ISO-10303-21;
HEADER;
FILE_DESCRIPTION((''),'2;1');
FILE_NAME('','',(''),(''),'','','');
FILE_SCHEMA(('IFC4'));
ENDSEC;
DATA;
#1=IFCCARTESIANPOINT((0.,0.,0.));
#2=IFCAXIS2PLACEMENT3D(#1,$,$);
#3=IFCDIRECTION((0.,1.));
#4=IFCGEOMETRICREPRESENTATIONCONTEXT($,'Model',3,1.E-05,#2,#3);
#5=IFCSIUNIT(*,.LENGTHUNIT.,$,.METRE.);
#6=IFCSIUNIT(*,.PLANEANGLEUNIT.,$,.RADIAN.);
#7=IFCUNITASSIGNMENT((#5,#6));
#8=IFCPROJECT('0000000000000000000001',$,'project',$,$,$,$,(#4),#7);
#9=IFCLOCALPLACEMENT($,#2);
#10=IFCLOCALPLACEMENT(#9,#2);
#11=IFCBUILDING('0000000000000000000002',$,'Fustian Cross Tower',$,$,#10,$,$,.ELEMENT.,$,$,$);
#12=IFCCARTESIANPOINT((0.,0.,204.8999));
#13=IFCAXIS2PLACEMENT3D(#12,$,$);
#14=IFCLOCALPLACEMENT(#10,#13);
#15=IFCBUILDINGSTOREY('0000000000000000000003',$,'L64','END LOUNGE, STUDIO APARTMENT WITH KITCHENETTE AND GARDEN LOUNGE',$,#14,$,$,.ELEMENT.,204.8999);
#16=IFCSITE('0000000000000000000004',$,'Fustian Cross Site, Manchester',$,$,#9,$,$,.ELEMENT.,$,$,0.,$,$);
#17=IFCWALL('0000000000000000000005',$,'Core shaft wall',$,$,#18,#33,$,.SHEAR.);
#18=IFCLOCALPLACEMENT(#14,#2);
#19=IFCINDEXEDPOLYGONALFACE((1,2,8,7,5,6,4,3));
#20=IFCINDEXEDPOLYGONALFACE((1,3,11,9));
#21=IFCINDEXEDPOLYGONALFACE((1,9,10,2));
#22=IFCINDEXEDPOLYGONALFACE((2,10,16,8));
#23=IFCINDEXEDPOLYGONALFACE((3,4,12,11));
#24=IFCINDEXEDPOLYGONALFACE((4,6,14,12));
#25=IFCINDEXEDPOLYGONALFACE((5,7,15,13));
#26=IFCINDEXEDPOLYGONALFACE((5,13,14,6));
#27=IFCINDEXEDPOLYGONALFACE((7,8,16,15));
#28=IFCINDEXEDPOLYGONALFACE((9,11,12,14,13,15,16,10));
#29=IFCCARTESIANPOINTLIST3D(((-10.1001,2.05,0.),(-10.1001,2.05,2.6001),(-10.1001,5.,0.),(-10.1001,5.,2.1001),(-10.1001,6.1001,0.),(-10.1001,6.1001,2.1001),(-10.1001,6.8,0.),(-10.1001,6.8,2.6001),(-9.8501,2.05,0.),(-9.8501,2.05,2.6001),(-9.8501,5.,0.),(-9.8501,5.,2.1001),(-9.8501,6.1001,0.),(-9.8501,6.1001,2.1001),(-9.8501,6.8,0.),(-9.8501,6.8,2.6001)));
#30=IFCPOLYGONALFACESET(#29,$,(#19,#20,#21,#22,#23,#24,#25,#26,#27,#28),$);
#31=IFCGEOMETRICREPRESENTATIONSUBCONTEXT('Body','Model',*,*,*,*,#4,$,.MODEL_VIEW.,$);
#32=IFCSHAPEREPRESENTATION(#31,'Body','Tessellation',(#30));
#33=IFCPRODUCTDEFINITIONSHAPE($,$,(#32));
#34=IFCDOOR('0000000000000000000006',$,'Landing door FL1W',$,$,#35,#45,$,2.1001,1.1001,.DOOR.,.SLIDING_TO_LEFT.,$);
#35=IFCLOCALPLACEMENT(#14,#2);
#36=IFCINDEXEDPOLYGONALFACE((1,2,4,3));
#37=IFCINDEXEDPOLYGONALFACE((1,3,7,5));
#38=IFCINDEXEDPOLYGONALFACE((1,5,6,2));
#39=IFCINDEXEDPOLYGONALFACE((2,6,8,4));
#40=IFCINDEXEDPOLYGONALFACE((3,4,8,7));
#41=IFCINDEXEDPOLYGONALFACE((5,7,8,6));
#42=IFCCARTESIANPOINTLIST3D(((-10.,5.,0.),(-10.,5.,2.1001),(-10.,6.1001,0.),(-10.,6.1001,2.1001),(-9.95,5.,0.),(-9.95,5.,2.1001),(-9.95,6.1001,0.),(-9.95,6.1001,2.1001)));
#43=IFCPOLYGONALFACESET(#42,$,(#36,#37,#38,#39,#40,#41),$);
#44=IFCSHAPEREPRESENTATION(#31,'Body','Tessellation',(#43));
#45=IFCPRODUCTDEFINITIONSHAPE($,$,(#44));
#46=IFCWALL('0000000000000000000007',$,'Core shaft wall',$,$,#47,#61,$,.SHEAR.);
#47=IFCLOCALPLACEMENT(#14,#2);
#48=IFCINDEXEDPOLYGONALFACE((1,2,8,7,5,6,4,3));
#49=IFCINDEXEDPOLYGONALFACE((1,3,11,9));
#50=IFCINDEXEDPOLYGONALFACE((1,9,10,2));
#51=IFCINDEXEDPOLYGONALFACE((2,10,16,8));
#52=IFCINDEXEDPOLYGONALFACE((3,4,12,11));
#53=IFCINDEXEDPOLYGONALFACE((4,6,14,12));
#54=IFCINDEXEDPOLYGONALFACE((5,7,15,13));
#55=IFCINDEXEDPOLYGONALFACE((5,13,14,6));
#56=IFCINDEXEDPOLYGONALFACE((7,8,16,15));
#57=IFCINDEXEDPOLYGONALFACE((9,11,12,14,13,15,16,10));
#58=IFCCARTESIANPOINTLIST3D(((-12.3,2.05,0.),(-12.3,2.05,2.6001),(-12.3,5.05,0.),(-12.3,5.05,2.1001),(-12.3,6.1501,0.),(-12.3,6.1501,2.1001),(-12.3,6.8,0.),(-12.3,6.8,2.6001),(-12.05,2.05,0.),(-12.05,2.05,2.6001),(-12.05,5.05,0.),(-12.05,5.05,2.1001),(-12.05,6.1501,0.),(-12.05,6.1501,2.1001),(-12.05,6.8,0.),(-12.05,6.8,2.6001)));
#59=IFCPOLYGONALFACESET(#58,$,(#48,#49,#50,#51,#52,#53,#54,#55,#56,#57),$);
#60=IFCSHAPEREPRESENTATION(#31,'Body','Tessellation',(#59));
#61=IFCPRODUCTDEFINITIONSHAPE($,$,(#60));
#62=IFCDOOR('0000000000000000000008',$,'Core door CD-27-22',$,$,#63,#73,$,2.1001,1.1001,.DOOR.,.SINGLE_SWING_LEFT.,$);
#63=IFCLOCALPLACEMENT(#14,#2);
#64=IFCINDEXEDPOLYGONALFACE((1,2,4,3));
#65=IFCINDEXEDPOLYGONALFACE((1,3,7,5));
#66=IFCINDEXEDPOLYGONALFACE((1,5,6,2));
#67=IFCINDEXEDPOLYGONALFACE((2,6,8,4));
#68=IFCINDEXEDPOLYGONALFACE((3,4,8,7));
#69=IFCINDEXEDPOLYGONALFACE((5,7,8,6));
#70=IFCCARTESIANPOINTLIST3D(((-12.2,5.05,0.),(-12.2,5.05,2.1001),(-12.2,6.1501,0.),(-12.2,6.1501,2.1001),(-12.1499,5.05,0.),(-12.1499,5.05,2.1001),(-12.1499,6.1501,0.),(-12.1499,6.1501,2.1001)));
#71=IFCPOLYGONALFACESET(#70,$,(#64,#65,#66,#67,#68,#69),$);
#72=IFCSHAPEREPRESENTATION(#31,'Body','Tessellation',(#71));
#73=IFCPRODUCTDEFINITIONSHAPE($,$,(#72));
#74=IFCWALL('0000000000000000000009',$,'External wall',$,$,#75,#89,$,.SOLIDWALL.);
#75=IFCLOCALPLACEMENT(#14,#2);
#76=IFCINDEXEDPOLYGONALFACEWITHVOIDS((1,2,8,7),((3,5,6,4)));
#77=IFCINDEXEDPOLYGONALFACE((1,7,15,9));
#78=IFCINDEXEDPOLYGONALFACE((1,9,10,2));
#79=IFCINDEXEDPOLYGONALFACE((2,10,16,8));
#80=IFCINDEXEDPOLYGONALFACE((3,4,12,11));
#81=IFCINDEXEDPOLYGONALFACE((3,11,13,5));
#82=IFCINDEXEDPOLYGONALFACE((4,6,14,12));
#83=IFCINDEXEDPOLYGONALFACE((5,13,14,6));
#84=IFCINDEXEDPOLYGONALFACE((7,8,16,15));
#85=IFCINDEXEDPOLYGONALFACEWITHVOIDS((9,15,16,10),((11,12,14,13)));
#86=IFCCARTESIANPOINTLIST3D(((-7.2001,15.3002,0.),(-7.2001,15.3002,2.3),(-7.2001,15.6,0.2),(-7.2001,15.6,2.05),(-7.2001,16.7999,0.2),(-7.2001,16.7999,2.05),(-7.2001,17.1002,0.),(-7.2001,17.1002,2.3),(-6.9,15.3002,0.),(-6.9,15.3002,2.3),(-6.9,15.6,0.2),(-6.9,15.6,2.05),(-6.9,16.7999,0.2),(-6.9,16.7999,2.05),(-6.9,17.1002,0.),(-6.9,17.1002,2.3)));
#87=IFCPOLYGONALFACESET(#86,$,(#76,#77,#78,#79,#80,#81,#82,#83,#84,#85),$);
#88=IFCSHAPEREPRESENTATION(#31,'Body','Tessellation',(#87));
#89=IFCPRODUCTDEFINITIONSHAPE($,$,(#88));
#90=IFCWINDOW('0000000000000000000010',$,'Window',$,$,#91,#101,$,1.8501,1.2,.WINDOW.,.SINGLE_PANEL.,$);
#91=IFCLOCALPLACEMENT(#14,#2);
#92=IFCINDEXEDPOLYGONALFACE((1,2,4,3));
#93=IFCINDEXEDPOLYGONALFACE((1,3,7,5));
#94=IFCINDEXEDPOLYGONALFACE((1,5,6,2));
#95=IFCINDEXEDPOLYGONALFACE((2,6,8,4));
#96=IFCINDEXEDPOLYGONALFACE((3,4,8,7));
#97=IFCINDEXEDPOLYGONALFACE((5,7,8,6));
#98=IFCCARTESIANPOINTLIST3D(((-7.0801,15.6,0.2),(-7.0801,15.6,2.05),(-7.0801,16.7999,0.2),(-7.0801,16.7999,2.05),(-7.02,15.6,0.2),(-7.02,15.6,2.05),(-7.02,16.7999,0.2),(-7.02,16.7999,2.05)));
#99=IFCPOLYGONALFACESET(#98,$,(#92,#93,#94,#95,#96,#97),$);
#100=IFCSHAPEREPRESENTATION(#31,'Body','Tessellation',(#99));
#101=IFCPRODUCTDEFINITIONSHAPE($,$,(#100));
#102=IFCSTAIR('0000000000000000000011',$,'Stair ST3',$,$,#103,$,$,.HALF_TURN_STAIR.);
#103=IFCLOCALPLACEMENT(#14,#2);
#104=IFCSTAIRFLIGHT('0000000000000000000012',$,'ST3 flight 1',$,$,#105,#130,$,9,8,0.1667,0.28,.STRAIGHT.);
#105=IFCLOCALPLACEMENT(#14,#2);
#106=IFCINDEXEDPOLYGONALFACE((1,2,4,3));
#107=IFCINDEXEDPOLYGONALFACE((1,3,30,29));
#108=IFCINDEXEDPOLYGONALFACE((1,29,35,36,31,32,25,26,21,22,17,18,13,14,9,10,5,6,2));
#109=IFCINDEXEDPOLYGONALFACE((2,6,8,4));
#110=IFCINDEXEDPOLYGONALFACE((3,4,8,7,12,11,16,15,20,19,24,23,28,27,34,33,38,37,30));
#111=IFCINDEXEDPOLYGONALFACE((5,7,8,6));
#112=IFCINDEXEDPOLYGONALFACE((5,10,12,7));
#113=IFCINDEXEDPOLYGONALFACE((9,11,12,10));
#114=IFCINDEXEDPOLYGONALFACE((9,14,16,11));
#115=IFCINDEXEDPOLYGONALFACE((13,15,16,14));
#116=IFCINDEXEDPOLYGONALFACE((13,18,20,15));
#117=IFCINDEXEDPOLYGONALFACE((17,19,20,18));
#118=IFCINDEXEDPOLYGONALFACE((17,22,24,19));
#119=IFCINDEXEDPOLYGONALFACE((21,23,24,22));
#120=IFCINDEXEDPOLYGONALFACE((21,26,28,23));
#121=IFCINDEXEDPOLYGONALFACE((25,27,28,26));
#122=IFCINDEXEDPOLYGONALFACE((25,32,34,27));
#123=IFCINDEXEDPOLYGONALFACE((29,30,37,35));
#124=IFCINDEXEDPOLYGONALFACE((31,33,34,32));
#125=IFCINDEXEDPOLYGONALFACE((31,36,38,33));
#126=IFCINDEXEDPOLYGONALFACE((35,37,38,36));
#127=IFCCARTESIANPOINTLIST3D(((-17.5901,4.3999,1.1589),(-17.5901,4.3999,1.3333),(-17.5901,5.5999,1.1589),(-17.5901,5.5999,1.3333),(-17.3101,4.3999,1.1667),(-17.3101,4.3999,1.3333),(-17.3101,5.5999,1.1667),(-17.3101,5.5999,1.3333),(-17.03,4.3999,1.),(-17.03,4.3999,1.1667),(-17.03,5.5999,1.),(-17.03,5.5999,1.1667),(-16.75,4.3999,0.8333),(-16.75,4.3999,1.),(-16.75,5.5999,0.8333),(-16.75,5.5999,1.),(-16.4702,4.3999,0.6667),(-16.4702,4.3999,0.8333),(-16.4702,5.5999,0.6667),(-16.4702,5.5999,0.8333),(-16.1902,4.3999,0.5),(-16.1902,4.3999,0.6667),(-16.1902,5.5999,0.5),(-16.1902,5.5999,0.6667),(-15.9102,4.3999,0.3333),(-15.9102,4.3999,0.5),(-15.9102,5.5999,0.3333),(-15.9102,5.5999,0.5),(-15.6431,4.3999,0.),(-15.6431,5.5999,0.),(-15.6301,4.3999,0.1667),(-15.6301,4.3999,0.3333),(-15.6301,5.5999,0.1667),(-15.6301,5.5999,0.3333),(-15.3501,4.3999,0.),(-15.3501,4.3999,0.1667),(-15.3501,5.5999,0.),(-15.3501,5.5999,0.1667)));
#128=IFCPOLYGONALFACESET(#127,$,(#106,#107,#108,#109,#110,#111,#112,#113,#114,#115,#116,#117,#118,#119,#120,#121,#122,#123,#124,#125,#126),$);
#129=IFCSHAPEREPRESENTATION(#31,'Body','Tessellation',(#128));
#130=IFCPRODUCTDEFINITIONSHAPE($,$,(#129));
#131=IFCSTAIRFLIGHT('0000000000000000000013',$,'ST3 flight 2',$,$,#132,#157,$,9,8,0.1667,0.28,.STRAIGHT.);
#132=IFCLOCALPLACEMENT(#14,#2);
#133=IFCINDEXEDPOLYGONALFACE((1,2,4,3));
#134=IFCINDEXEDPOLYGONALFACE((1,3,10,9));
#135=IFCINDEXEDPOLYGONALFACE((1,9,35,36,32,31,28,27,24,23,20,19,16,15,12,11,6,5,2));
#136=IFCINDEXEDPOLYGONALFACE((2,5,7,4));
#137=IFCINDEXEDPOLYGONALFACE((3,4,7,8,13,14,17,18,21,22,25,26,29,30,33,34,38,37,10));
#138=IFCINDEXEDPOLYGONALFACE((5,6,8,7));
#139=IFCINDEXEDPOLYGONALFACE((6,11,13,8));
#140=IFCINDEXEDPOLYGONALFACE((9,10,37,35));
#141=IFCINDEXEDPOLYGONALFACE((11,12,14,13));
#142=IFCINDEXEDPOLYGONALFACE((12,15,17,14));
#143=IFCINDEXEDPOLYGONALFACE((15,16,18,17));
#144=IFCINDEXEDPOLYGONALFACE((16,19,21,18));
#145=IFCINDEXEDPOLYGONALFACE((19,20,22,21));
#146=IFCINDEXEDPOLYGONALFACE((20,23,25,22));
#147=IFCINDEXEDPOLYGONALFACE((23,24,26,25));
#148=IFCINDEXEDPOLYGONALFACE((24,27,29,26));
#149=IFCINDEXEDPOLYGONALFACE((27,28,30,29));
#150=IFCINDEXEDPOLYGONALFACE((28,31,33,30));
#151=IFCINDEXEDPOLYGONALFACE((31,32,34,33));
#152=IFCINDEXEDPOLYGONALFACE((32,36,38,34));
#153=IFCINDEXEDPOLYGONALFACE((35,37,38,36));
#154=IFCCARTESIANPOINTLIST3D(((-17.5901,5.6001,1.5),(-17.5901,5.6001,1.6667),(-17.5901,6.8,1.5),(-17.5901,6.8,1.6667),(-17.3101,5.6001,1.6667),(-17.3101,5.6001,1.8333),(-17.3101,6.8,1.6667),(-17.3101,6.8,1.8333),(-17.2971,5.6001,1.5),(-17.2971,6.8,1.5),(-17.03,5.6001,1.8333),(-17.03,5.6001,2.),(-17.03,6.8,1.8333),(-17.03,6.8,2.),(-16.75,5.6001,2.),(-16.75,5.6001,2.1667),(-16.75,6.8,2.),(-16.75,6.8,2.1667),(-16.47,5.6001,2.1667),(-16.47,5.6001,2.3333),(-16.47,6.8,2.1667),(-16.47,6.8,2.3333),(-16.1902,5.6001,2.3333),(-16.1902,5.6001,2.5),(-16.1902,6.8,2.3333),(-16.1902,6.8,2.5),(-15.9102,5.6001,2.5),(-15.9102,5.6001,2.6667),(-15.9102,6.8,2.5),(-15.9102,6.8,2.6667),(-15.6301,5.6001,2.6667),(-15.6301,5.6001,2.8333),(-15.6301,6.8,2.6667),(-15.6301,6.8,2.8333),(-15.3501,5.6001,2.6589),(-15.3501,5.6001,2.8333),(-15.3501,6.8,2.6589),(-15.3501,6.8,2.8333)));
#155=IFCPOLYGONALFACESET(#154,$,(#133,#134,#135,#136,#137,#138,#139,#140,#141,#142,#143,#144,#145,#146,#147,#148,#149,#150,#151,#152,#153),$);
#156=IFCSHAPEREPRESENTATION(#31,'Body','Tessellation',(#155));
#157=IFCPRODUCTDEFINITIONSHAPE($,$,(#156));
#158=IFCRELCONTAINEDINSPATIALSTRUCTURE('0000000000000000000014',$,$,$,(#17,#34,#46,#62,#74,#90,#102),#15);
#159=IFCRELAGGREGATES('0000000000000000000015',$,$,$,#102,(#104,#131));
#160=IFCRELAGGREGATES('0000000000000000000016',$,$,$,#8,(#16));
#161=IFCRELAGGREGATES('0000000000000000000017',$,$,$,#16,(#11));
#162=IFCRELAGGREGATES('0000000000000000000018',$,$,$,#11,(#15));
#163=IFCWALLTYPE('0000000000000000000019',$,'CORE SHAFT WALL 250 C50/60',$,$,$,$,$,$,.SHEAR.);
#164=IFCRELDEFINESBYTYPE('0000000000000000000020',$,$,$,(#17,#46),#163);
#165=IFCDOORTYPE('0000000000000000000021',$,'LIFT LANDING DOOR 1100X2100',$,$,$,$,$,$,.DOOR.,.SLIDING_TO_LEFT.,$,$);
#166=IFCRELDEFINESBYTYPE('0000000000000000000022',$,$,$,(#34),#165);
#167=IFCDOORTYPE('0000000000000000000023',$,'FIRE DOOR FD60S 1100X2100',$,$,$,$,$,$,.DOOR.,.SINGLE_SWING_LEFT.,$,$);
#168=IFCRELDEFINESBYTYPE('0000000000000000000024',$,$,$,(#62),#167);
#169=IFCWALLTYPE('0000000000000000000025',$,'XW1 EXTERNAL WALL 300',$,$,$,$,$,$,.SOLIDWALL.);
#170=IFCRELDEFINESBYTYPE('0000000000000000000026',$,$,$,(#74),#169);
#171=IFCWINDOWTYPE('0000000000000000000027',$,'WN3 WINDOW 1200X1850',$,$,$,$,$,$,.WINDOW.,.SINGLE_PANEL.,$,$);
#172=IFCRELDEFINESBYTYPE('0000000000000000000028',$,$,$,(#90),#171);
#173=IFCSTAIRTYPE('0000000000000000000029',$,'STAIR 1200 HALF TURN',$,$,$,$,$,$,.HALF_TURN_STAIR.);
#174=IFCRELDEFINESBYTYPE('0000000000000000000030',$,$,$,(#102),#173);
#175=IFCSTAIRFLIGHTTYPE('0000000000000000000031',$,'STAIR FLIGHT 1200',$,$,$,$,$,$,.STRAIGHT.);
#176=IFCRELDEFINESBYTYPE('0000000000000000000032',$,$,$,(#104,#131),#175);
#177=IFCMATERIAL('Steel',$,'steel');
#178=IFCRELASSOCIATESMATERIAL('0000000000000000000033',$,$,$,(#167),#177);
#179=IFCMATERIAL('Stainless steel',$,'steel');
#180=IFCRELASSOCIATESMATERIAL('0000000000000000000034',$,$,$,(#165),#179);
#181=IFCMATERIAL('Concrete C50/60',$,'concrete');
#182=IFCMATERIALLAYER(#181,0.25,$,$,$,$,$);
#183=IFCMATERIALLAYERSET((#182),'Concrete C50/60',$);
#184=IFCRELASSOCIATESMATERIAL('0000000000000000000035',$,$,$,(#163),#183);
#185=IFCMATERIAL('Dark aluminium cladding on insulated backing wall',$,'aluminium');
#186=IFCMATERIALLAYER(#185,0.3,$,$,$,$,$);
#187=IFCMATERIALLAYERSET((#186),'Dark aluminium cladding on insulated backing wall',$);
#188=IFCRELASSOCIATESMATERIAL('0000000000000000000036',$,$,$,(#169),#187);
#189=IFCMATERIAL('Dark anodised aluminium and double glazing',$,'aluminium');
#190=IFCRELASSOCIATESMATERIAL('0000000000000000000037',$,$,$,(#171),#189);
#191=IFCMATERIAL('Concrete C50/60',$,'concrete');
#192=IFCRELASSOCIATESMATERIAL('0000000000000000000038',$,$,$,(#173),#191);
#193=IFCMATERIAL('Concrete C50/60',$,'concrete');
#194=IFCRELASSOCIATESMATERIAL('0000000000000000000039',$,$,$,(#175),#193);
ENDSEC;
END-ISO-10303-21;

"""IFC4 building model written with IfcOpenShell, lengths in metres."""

from ifc_helpers import new_model, si_unit, direction, frame, frame_2d, origin, place, context, subcontext, project, spatial, polyline, rectangle, outline, extrude, material, layer, layer_set, type_object, element, fill, aggregate, save


model = new_model("IFC4")

# Units and contexts
model_context = context("Model", 3, precision=1e-05, world=origin(), true_north=direction((0.0, 1.0)))
body_context = subcontext(model_context, "Body", "Model", "MODEL_VIEW")
ifc_project = project(units=[si_unit("LENGTHUNIT", "METRE"), si_unit("PLANEANGLEUNIT", "RADIAN")], contexts=[model_context])

# Site, building, storey
site_placement = place(None, origin())
site = spatial("IfcSite", under=ifc_project, at=site_placement, Name="Fustian Cross Site, Manchester", CompositionType="ELEMENT", RefElevation=0.0)
building_placement = place(site_placement, origin())
building = spatial("IfcBuilding", under=site, at=building_placement, Name="Fustian Cross Tower", CompositionType="ELEMENT")
storey_placement = place(building_placement, frame((0.0, 0.0, 204.8999)))
storey = spatial("IfcBuildingStorey", under=building, at=storey_placement, Name="L64", Description="END LOUNGE, STUDIO APARTMENT WITH KITCHENETTE AND GARDEN LOUNGE", CompositionType="ELEMENT", Elevation=204.8999)

# Shared definitions
ifc_material_1 = material(Name="Steel", Category="steel")
door_type_1 = type_object("IfcDoorType", Name="FIRE DOOR FD60S 1100X2100", OperationType="SINGLE_SWING_LEFT", PredefinedType="DOOR", material=ifc_material_1)
ifc_material_2 = material(Name="Stainless steel", Category="steel")
door_type_2 = type_object("IfcDoorType", Name="LIFT LANDING DOOR 1100X2100", OperationType="SLIDING_TO_LEFT", PredefinedType="DOOR", material=ifc_material_2)

# Shared definitions
ifc_material_3 = material(Name="Concrete C50/60", Category="concrete")
ifc_layer_1 = layer(ifc_material_3, 0.25)
ifc_layer_set_1 = layer_set([ifc_layer_1], Name="Concrete C50/60")
wall_type_1 = type_object("IfcWallType", Name="CORE SHAFT WALL 250 C50/60", PredefinedType="SHEAR", material=ifc_layer_set_1)

# Walls, openings, doors
wall_1_placement = place(storey_placement, frame((-9.9751, 2.05, 0.0), z_axis=(0.0, 0.0, 1.0), x_axis=(0.0, 1.0, 0.0)))
wall_1 = element("IfcWall", 1, at=wall_1_placement, inside=storey, type_object=wall_type_1, Name="Core shaft wall", PredefinedType="SHEAR", context=body_context, shape_type="SweptSolid", body=[
    extrude(rectangle(XDim=4.75, YDim=0.25, at=frame_2d((2.375, 0.0))), origin(), (0.0, 0.0, 1.0), 2.6001),
])
opening_1_placement = place(wall_1_placement, frame((2.95, 0.0, 0.0)))
opening_1 = element("IfcOpeningElement", 2, at=opening_1_placement, cuts=wall_1, PredefinedType="OPENING", context=body_context, shape_type="SweptSolid", body=[
    extrude(rectangle(XDim=1.1001, YDim=2.1001, at=frame_2d((0.55, 1.05))), frame((0.0, 0.135, 0.0), z_axis=(0.0, -1.0, 0.0), x_axis=(1.0, 0.0, 0.0)), (0.0, 0.0, 1.0), 0.27),
])
door_1_placement = place(opening_1_placement, origin())
door_1 = element("IfcDoor", 3, at=door_1_placement, inside=storey, type_object=door_type_2, Name="Landing door FL1W", OperationType="SLIDING_TO_LEFT", OverallHeight=2.1001, OverallWidth=1.1001, PredefinedType="DOOR", context=body_context, shape_type="SweptSolid", body=[
    extrude(rectangle(XDim=1.1001, YDim=2.1001, at=frame_2d((0.55, 1.05))), frame((0.0, 0.0249, 0.0), z_axis=(0.0, -1.0, 0.0), x_axis=(1.0, 0.0, 0.0)), (0.0, 0.0, 1.0), 0.05),
])
fill(opening_1, door_1)
wall_2_placement = place(storey_placement, frame((-12.175, 2.05, 0.0), z_axis=(0.0, 0.0, 1.0), x_axis=(0.0, 1.0, 0.0)))
wall_2 = element("IfcWall", 4, at=wall_2_placement, inside=storey, type_object=wall_type_1, Name="Core shaft wall", PredefinedType="SHEAR", context=body_context, shape_type="SweptSolid", body=[
    extrude(rectangle(XDim=4.75, YDim=0.25, at=frame_2d((2.375, 0.0))), origin(), (0.0, 0.0, 1.0), 2.6001),
])
opening_2_placement = place(wall_2_placement, frame((3.0, 0.0, 0.0)))
opening_2 = element("IfcOpeningElement", 5, at=opening_2_placement, cuts=wall_2, PredefinedType="OPENING", context=body_context, shape_type="SweptSolid", body=[
    extrude(rectangle(XDim=1.1001, YDim=2.1001, at=frame_2d((0.55, 1.05))), frame((0.0, 0.135, 0.0), z_axis=(0.0, -1.0, 0.0), x_axis=(1.0, 0.0, 0.0)), (0.0, 0.0, 1.0), 0.27),
])
door_2_placement = place(opening_2_placement, origin())
door_2 = element("IfcDoor", 6, at=door_2_placement, inside=storey, type_object=door_type_1, Name="Core door CD-27-22", OperationType="SINGLE_SWING_LEFT", OverallHeight=2.1001, OverallWidth=1.1001, PredefinedType="DOOR", context=body_context, shape_type="SweptSolid", body=[
    extrude(rectangle(XDim=1.1001, YDim=2.1001, at=frame_2d((0.55, 1.05))), frame((0.0, 0.0249, 0.0), z_axis=(0.0, -1.0, 0.0), x_axis=(1.0, 0.0, 0.0)), (0.0, 0.0, 1.0), 0.05),
])
fill(opening_2, door_2)

# Wall, opening, window
ifc_material_4 = material(Name="Dark aluminium cladding on insulated backing wall", Category="aluminium")
ifc_layer_2 = layer(ifc_material_4, 0.3)
ifc_layer_set_2 = layer_set([ifc_layer_2], Name="Dark aluminium cladding on insulated backing wall")
wall_type_2 = type_object("IfcWallType", Name="XW1 EXTERNAL WALL 300", PredefinedType="SOLIDWALL", material=ifc_layer_set_2)
wall_3_placement = place(storey_placement, frame((-7.05, 17.1001, 0.0), z_axis=(0.0, 0.0, 1.0), x_axis=(0.0, -1.0, 0.0)))
wall_3 = element("IfcWall", 7, at=wall_3_placement, inside=storey, type_object=wall_type_2, Name="External wall", PredefinedType="SOLIDWALL", context=body_context, shape_type="SweptSolid", body=[
    extrude(rectangle(XDim=1.8, YDim=0.3, at=frame_2d((0.8999, 0.0))), origin(), (0.0, 0.0, 1.0), 2.3),
])
opening_3_placement = place(wall_3_placement, frame((0.3, 0.0, 0.2)))
opening_3 = element("IfcOpeningElement", 8, at=opening_3_placement, cuts=wall_3, PredefinedType="OPENING", context=body_context, shape_type="SweptSolid", body=[
    extrude(rectangle(XDim=1.2, YDim=1.8501, at=frame_2d((0.6001, 0.925))), frame((0.0, 0.1599, 0.0), z_axis=(0.0, -1.0, 0.0), x_axis=(1.0, 0.0, 0.0)), (0.0, 0.0, 1.0), 0.3201),
])
ifc_material_5 = material(Name="Dark anodised aluminium and double glazing", Category="aluminium")
window_type = type_object("IfcWindowType", Name="WN3 WINDOW 1200X1850", PartitioningType="SINGLE_PANEL", PredefinedType="WINDOW", material=ifc_material_5)
window_placement = place(opening_3_placement, origin())
window = element("IfcWindow", 9, at=window_placement, inside=storey, type_object=window_type, Name="Window", OverallHeight=1.8501, OverallWidth=1.2, PartitioningType="SINGLE_PANEL", PredefinedType="WINDOW", context=body_context, shape_type="SweptSolid", body=[
    extrude(rectangle(XDim=1.2, YDim=1.8501, at=frame_2d((0.6001, 0.925))), frame((0.0, 0.03, 0.0), z_axis=(0.0, -1.0, 0.0), x_axis=(1.0, 0.0, 0.0)), (0.0, 0.0, 1.0), 0.0601),
])
fill(opening_3, window)

# Stair, stair flights
ifc_material_6 = material(Name="Concrete C50/60", Category="concrete")
stair_type = type_object("IfcStairType", Name="STAIR 1200 HALF TURN", PredefinedType="HALF_TURN_STAIR", material=ifc_material_6)
stair_placement = place(storey_placement, origin())
stair = element("IfcStair", 10, at=stair_placement, inside=storey, type_object=stair_type, Name="Stair ST3", PredefinedType="HALF_TURN_STAIR")
ifc_material_7 = material(Name="Concrete C50/60", Category="concrete")
stair_flight_type = type_object("IfcStairFlightType", Name="STAIR FLIGHT 1200", PredefinedType="STRAIGHT", material=ifc_material_7)
stair_flight_1_placement = place(storey_placement, frame((-15.3501, 5.0, 0.0), z_axis=(0.0, 0.0, 1.0), x_axis=(-1.0, 0.0, 0.0)))
stair_flight_1 = element("IfcStairFlight", 11, at=stair_flight_1_placement, type_object=stair_flight_type, Name="ST3 flight 1", NumberOfRisers=9, NumberOfTreads=8, PredefinedType="STRAIGHT", RiserHeight=0.1667, TreadLength=0.28, context=body_context, shape_type="SweptSolid", body=[
    extrude(outline(polyline([(0.0, 0.0), (0.0, 0.1667), (0.28, 0.1667), (0.28, 0.3333), (0.5601, 0.3333), (0.5601, 0.5), (0.8401, 0.5), (0.8401, 0.6667), (1.1201, 0.6667), (1.1201, 0.8333), (1.3999, 0.8333), (1.3999, 1.0), (1.6799, 1.0), (1.6799, 1.1667), (1.96, 1.1667), (1.96, 1.3333), (2.24, 1.3333), (2.24, 1.5), (2.24, 1.1589), (0.293, 0.0), (0.0, 0.0)])), frame((0.0, 0.6001, 0.0), z_axis=(0.0, -1.0, 0.0), x_axis=(1.0, 0.0, 0.0)), (0.0, 0.0, 1.0), 1.2),
])
stair_flight_2_placement = place(storey_placement, frame((-17.5901, 6.2, 1.5), z_axis=(0.0, 0.0, 1.0), x_axis=(1.0, 0.0, 0.0)))
stair_flight_2 = element("IfcStairFlight", 12, at=stair_flight_2_placement, type_object=stair_flight_type, Name="ST3 flight 2", NumberOfRisers=9, NumberOfTreads=8, PredefinedType="STRAIGHT", RiserHeight=0.1667, TreadLength=0.28, context=body_context, shape_type="SweptSolid", body=[
    extrude(outline(polyline([(0.0, 0.0), (0.0, 0.1667), (0.28, 0.1667), (0.28, 0.3333), (0.5601, 0.3333), (0.5601, 0.5), (0.8401, 0.5), (0.8401, 0.6667), (1.1201, 0.6667), (1.1201, 0.8333), (1.3999, 0.8333), (1.3999, 1.0), (1.6799, 1.0), (1.6799, 1.1667), (1.96, 1.1667), (1.96, 1.3333), (2.24, 1.3333), (2.24, 1.5), (2.24, 1.1589), (0.293, 0.0), (0.0, 0.0)])), frame((0.0, 0.6001, 0.0), z_axis=(0.0, -1.0, 0.0), x_axis=(1.0, 0.0, 0.0)), (0.0, 0.0, 1.0), 1.2),
])
aggregate(stair, [stair_flight_1, stair_flight_2])

save(model, "model.ifc")
